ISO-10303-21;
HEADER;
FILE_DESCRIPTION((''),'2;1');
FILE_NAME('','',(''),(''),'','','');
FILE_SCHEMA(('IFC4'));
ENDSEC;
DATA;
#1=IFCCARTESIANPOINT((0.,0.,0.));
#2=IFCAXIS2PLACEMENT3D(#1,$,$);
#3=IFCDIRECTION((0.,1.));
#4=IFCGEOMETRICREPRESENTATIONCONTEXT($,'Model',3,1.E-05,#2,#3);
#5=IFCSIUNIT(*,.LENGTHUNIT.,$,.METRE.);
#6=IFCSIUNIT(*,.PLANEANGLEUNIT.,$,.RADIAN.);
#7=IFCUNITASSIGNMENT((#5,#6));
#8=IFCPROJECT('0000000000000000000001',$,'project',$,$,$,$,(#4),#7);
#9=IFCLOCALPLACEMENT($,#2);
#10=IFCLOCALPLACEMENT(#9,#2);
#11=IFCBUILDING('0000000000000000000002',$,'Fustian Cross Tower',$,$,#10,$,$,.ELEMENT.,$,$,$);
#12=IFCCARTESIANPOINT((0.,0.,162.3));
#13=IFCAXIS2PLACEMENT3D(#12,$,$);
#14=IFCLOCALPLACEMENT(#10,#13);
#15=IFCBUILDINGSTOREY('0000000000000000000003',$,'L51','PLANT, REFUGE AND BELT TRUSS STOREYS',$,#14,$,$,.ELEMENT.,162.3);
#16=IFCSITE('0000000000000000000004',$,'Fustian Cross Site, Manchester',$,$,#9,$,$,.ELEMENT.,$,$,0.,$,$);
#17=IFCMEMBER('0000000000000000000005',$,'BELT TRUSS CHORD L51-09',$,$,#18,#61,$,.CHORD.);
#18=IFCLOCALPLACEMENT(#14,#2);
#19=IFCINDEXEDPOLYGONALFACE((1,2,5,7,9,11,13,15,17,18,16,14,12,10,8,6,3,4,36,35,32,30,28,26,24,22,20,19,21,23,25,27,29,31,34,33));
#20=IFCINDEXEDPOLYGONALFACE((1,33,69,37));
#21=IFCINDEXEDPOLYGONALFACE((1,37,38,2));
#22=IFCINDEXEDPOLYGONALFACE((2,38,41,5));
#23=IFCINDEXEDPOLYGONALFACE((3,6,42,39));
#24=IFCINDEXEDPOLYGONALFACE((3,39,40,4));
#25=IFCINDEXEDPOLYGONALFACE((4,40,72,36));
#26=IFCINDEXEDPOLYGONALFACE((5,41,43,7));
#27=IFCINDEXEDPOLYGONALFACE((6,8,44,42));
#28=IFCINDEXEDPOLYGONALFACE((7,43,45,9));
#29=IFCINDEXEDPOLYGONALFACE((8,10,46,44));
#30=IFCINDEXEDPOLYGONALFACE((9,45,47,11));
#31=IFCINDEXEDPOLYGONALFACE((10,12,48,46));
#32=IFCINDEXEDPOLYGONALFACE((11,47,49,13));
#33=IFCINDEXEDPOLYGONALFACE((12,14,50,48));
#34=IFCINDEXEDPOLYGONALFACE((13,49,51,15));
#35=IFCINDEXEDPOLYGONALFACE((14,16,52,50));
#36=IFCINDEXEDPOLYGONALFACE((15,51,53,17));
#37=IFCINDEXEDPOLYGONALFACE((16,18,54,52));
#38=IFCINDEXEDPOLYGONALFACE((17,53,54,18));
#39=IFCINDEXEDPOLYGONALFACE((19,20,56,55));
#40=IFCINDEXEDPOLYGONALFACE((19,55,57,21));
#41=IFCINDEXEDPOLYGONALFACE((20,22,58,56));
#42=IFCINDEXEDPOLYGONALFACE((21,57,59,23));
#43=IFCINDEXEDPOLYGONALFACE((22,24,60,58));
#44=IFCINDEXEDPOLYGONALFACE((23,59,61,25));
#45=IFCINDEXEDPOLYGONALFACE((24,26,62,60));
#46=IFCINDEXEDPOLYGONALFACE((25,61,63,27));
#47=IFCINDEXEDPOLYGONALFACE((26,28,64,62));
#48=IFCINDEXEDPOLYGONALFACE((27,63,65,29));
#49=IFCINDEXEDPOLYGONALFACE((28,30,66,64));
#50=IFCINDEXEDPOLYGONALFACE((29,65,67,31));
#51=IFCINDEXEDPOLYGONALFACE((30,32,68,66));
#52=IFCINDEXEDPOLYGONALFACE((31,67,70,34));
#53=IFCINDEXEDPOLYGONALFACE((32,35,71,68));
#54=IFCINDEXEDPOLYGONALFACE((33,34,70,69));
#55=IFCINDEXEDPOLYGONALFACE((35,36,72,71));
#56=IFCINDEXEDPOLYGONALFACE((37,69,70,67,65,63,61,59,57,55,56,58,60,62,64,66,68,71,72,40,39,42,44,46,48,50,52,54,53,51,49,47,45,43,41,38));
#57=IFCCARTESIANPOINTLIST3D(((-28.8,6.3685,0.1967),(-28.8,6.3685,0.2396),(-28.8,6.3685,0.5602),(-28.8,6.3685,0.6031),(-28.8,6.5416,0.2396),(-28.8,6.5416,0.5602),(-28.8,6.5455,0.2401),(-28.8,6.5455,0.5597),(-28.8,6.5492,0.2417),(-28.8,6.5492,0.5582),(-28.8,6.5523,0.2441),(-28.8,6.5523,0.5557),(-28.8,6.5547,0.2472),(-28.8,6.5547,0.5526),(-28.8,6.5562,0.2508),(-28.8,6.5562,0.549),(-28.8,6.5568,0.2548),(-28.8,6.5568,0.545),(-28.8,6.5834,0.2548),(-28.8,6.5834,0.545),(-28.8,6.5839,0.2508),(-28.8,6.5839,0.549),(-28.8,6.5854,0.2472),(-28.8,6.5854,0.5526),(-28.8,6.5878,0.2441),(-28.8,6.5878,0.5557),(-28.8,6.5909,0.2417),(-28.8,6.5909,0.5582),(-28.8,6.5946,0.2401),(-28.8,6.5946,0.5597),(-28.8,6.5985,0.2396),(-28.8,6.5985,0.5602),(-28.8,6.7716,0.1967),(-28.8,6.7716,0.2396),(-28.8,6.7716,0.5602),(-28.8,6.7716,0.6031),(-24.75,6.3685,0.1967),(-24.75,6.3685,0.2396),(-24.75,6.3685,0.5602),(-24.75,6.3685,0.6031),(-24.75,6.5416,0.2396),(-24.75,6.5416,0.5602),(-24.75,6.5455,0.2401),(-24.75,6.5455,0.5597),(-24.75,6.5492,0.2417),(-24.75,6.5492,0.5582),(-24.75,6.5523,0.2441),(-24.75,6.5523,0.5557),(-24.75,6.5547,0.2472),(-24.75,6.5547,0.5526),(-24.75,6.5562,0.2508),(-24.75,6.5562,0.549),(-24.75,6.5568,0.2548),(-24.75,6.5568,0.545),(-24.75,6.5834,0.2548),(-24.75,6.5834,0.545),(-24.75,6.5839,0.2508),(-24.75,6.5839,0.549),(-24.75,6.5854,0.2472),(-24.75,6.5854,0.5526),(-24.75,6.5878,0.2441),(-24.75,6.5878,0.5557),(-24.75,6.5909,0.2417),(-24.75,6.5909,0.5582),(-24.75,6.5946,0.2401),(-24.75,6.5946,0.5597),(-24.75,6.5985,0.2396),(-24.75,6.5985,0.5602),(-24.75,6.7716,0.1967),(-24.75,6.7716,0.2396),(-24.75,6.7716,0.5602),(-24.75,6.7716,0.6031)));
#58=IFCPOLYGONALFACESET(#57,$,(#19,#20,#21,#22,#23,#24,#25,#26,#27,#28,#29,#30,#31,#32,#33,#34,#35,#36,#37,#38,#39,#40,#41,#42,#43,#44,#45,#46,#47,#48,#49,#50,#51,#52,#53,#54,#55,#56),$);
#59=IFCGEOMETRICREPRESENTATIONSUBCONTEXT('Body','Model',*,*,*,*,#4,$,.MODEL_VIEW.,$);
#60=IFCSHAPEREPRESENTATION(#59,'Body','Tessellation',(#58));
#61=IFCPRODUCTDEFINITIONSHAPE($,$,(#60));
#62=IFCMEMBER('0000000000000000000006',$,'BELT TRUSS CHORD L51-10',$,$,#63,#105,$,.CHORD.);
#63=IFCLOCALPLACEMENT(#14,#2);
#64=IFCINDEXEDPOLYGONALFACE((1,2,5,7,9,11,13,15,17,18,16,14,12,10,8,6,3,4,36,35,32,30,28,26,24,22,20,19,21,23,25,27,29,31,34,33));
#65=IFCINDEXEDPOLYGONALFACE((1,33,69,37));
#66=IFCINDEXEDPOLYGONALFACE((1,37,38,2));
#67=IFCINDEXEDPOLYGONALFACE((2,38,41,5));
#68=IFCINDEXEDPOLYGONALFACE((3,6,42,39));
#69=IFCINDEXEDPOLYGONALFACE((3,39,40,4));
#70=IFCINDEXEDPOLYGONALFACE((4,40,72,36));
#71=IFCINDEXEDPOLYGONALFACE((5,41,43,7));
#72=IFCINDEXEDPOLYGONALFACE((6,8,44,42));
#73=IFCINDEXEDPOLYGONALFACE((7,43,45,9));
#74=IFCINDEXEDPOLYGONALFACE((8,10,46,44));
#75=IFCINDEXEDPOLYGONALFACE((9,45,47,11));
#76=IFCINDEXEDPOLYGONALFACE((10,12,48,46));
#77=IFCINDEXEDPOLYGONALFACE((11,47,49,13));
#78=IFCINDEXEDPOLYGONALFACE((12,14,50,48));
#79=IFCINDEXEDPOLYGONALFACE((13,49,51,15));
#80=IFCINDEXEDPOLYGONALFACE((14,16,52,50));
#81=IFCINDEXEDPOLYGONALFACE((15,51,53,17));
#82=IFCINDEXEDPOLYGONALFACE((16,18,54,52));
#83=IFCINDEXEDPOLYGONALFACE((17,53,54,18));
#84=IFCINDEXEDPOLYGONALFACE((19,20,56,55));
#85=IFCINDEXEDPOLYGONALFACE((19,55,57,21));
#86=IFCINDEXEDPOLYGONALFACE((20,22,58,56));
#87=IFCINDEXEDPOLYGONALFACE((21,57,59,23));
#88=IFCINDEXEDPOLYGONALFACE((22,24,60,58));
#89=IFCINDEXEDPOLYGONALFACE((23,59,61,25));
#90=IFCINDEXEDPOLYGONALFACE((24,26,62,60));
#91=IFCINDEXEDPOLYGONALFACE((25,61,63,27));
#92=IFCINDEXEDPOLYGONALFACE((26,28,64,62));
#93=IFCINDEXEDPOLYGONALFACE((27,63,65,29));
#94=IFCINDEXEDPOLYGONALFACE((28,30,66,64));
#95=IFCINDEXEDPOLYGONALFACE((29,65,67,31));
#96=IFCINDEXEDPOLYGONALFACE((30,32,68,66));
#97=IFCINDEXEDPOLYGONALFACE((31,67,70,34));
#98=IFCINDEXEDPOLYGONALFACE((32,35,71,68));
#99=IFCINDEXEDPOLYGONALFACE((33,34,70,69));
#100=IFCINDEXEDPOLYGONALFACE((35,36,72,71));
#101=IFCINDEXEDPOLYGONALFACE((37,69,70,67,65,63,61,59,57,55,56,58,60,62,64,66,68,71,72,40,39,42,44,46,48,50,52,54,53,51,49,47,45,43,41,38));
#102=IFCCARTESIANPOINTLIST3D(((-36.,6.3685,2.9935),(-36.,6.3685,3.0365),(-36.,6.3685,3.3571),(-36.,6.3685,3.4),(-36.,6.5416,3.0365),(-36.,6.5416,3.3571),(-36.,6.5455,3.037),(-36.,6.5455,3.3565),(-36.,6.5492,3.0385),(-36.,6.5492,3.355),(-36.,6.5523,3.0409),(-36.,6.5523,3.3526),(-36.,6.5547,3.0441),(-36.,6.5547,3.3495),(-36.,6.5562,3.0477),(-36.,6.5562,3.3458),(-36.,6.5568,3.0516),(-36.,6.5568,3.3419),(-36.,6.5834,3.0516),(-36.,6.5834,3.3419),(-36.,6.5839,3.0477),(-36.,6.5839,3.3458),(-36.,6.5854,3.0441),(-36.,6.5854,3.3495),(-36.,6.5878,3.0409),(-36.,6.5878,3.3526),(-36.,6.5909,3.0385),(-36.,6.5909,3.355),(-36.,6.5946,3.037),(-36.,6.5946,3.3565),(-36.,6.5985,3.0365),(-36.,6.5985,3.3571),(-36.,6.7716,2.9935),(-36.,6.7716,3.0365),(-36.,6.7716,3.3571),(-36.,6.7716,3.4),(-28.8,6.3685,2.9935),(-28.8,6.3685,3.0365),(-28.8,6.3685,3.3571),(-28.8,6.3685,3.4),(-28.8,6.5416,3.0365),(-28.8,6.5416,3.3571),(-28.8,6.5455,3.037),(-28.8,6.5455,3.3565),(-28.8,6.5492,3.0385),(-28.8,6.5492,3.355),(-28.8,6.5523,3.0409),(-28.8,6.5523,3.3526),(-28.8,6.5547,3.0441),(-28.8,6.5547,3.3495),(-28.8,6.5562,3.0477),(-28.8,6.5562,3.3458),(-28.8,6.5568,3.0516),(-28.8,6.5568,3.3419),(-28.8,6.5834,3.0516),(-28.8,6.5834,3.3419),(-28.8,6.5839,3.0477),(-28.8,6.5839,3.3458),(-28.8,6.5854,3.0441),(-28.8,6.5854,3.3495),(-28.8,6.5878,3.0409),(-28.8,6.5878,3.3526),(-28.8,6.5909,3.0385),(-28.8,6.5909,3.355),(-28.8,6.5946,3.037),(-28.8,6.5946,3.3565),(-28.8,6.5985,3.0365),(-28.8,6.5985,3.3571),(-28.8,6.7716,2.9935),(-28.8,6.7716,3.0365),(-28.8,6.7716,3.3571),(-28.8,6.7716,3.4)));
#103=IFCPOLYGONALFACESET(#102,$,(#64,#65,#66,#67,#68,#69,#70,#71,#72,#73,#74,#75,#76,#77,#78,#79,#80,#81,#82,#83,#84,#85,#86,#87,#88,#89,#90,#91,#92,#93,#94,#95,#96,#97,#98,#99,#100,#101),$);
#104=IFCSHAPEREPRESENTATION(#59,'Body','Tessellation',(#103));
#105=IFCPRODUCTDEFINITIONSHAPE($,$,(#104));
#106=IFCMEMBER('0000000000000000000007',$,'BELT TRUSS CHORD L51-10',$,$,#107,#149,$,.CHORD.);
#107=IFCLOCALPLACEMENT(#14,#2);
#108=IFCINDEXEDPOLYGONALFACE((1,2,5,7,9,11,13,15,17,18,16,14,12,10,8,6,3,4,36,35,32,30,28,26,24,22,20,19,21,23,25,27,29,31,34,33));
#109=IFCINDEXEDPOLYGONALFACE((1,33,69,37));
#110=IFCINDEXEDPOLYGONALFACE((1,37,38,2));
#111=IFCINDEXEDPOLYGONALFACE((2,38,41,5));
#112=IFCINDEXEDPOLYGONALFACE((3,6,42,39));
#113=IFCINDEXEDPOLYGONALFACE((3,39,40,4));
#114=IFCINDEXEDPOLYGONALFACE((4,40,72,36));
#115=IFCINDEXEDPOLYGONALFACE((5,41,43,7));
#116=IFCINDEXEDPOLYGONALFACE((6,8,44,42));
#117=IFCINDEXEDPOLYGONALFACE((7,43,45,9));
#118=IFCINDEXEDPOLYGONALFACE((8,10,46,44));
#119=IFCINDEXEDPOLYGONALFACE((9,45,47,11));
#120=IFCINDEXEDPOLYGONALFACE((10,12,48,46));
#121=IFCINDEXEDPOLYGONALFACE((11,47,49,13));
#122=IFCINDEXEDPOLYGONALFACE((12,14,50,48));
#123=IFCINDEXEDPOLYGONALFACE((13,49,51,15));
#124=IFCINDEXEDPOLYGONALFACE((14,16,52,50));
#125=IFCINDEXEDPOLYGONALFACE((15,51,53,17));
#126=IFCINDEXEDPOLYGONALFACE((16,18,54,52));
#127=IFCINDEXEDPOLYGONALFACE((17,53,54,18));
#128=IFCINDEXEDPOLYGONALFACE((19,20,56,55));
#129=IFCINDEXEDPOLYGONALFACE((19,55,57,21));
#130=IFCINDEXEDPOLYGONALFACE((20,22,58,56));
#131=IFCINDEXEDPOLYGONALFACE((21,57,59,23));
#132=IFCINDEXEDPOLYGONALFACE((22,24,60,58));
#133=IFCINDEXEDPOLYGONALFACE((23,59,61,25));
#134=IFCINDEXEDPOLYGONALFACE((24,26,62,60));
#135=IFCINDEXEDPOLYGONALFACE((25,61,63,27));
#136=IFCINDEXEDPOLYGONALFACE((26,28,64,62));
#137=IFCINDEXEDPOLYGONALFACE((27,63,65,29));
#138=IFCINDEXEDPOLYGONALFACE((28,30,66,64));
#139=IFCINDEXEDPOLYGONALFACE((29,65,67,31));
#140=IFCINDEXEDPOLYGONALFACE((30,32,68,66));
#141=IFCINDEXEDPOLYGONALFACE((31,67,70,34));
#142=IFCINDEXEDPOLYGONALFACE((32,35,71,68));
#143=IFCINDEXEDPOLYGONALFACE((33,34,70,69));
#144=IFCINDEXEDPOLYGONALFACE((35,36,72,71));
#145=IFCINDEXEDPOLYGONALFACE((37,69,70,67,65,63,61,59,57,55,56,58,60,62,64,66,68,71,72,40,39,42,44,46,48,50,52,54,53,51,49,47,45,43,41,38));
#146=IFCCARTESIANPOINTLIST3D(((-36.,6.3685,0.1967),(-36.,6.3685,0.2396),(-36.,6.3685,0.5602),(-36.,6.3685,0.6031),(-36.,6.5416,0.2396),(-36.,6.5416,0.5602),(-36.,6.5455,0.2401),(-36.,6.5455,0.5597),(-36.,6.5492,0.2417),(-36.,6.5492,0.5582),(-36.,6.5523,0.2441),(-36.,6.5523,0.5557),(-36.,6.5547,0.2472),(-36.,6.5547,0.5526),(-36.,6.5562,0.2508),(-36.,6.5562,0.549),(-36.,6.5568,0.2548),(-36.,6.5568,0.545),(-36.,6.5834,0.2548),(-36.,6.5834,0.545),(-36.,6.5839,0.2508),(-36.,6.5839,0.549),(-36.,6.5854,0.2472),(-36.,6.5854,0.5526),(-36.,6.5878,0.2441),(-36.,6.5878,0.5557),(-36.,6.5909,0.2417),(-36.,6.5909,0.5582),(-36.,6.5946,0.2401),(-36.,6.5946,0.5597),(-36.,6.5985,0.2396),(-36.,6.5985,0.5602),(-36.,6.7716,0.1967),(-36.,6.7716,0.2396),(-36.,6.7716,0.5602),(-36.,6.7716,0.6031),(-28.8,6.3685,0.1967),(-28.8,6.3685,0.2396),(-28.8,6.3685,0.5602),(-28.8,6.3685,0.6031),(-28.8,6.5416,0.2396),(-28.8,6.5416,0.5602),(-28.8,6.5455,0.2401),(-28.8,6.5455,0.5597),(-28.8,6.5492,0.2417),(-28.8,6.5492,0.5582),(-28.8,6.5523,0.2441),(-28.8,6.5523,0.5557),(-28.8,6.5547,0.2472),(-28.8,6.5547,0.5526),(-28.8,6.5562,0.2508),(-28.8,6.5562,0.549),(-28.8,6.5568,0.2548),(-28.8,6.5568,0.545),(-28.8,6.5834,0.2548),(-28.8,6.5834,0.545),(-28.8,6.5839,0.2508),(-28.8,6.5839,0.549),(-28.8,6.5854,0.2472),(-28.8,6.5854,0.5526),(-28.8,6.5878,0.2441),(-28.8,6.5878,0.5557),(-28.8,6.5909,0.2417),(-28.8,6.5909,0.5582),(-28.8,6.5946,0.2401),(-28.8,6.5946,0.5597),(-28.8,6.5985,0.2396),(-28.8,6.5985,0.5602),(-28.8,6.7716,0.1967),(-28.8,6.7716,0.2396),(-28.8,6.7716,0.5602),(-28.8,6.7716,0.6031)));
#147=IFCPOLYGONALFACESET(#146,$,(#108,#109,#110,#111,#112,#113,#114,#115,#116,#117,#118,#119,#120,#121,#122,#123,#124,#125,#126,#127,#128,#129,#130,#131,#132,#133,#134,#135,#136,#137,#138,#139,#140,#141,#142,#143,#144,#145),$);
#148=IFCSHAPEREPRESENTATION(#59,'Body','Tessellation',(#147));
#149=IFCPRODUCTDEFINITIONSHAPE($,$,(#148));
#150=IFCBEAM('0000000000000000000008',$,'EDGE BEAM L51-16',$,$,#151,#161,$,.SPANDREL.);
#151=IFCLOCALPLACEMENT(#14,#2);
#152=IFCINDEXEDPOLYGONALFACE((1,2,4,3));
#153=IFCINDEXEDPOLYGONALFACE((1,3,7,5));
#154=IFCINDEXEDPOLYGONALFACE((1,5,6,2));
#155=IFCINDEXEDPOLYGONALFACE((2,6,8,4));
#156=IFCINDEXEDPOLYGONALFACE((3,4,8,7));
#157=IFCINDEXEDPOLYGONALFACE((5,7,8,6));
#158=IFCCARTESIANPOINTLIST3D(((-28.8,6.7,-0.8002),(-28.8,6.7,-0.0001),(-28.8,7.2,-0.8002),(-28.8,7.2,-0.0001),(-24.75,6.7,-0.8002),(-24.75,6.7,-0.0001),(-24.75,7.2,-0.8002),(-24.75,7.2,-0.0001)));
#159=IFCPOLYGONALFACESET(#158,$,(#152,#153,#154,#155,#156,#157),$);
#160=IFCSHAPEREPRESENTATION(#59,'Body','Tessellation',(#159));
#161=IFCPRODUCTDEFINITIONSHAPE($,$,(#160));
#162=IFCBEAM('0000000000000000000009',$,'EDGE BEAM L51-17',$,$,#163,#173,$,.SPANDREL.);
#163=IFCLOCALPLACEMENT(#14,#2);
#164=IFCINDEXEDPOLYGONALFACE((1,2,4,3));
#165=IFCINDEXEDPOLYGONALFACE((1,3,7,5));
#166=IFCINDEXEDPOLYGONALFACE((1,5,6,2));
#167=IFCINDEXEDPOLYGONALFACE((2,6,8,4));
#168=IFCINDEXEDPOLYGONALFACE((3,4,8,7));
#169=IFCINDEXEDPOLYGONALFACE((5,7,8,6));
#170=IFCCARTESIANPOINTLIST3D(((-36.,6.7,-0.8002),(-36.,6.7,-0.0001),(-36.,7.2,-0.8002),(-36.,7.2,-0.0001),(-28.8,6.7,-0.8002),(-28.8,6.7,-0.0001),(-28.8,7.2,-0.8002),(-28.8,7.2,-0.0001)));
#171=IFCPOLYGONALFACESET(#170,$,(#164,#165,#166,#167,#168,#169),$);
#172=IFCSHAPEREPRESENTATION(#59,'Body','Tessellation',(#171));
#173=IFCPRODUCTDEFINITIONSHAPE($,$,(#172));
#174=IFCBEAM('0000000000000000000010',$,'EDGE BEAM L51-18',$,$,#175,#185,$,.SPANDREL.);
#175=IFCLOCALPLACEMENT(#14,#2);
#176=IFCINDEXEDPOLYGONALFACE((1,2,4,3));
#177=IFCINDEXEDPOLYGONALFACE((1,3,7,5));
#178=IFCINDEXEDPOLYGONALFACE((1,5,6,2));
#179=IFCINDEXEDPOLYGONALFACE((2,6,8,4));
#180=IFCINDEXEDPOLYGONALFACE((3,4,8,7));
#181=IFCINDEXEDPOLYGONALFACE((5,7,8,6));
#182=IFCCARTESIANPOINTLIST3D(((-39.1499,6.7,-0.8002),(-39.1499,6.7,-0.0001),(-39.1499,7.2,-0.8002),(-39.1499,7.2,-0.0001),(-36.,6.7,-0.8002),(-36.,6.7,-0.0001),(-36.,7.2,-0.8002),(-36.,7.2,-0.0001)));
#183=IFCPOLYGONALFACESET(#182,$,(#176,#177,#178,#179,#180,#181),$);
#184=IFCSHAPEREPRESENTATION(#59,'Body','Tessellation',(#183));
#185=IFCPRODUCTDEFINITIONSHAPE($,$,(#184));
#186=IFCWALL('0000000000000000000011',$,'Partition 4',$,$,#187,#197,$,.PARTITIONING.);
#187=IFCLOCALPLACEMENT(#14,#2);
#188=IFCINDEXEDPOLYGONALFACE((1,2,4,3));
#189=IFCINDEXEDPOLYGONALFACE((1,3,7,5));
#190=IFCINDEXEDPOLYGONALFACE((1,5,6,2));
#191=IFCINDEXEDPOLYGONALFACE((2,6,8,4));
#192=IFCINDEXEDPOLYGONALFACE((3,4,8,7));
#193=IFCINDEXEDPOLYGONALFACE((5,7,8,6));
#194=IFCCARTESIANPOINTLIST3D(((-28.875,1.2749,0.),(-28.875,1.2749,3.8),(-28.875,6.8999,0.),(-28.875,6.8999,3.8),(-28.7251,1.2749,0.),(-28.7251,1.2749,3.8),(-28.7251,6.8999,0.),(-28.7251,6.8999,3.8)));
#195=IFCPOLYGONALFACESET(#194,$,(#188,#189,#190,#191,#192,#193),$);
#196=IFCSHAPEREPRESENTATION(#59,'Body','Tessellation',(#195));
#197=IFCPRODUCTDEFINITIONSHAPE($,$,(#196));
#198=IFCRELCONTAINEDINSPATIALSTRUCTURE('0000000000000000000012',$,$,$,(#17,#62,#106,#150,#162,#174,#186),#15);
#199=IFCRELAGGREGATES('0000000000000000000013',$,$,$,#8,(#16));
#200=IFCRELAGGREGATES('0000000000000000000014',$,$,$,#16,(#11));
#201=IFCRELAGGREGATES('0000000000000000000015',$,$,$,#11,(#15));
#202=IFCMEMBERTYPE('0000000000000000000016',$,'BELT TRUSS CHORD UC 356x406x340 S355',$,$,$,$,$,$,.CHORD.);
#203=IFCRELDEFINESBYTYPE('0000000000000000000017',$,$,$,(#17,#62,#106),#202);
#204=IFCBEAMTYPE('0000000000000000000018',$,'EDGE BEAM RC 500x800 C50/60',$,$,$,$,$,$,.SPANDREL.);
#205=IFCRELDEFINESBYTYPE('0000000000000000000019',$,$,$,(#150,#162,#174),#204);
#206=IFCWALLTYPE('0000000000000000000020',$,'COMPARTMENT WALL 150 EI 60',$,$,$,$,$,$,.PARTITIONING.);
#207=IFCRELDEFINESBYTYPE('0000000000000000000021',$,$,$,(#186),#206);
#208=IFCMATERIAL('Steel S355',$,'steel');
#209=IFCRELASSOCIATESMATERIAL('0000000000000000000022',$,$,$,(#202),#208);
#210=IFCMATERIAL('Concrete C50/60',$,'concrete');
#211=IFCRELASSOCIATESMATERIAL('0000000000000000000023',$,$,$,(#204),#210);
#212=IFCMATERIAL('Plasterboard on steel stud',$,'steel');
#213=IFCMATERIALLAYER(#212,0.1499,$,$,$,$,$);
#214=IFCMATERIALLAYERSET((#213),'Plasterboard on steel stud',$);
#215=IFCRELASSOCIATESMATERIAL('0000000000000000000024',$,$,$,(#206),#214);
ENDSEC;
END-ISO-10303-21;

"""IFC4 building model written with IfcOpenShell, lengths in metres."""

from ifc_helpers import new_model, si_unit, direction, frame, frame_2d, origin, origin_2d, place, context, subcontext, project, spatial, rectangle, i_section, extrude, material, layer, layer_set, material_profile, profile_set, type_object, element, save


model = new_model("IFC4")

# Units and contexts
model_context = context("Model", 3, precision=1e-05, world=origin(), true_north=direction((0.0, 1.0)))
body_context = subcontext(model_context, "Body", "Model", "MODEL_VIEW")
ifc_project = project(units=[si_unit("LENGTHUNIT", "METRE"), si_unit("PLANEANGLEUNIT", "RADIAN")], contexts=[model_context])

# Site, building, storey
site_placement = place(None, origin())
site = spatial("IfcSite", under=ifc_project, at=site_placement, Name="Fustian Cross Site, Manchester", CompositionType="ELEMENT", RefElevation=0.0)
building_placement = place(site_placement, origin())
building = spatial("IfcBuilding", under=site, at=building_placement, Name="Fustian Cross Tower", CompositionType="ELEMENT")
storey_placement = place(building_placement, frame((0.0, 0.0, 162.3)))
storey = spatial("IfcBuildingStorey", under=building, at=storey_placement, Name="L51", Description="PLANT, REFUGE AND BELT TRUSS STOREYS", CompositionType="ELEMENT", Elevation=162.3)

# Members
ifc_material_1 = material(Name="Steel S355", Category="steel")
ifc_material_profile_1 = material_profile(ifc_material_1, i_section(OverallWidth=0.4031, OverallDepth=0.4065, WebThickness=0.0266, FlangeThickness=0.043, FilletRadius=0.0151, at=origin_2d()), Name="UC 356x406x340")
ifc_profile_set_1 = profile_set([ifc_material_profile_1], Name="Steel S355")
member_type_1 = type_object("IfcMemberType", Name="BELT TRUSS CHORD UC 356x406x340 S355", PredefinedType="CHORD", material=ifc_profile_set_1)
for number, where, z_axis, x_axis, name in (
    (1, (-24.75, 6.5701, 0.3999), (-1.0, 0.0, 0.0), (0.0, -1.0, 0.0), "BELT TRUSS CHORD L51-09"),
):
    element("IfcMember", number, at=place(storey_placement, frame(where, z_axis=z_axis, x_axis=x_axis)), inside=storey, type_object=member_type_1, Name=name, PredefinedType="CHORD", context=body_context, shape_type="SweptSolid", body=[
        extrude(i_section(OverallWidth=0.4031, OverallDepth=0.4065, WebThickness=0.0266, FlangeThickness=0.043, FilletRadius=0.0151, at=origin_2d()), origin(), (0.0, 0.0, 1.0), 4.05),
    ])
for number, where, z_axis, x_axis, name in (
    (2, (-28.8, 6.5701, 3.1968), (-1.0, 0.0, 0.0), (0.0, -1.0, 0.0), "BELT TRUSS CHORD L51-10"),
    (3, (-28.8, 6.5701, 0.3999), (-1.0, 0.0, 0.0), (0.0, -1.0, 0.0), "BELT TRUSS CHORD L51-10"),
):
    element("IfcMember", number, at=place(storey_placement, frame(where, z_axis=z_axis, x_axis=x_axis)), inside=storey, type_object=member_type_1, Name=name, PredefinedType="CHORD", context=body_context, shape_type="SweptSolid", body=[
        extrude(i_section(OverallWidth=0.4031, OverallDepth=0.4065, WebThickness=0.0266, FlangeThickness=0.043, FilletRadius=0.0151, at=origin_2d()), origin(), (0.0, 0.0, 1.0), 7.2),
    ])

# Beams
ifc_material_2 = material(Name="Concrete C50/60", Category="concrete")
ifc_material_profile_2 = material_profile(ifc_material_2, rectangle(XDim=0.5, YDim=0.8, at=origin_2d()), Name="RC 500x800")
ifc_profile_set_2 = profile_set([ifc_material_profile_2], Name="Concrete C50/60")
beam_type = type_object("IfcBeamType", Name="EDGE BEAM RC 500x800 C50/60", PredefinedType="SPANDREL", material=ifc_profile_set_2)
beam_1_placement = place(storey_placement, frame((-24.75, 6.95, -0.4001), z_axis=(-1.0, 0.0, 0.0), x_axis=(0.0, -1.0, 0.0)))
element("IfcBeam", 4, at=beam_1_placement, inside=storey, type_object=beam_type, Name="EDGE BEAM L51-16", PredefinedType="SPANDREL", context=body_context, shape_type="SweptSolid", body=[
    extrude(rectangle(XDim=0.5, YDim=0.8, at=origin_2d()), origin(), (0.0, 0.0, 1.0), 4.05),
])
beam_2_placement = place(storey_placement, frame((-28.8, 6.95, -0.4001), z_axis=(-1.0, 0.0, 0.0), x_axis=(0.0, -1.0, 0.0)))
element("IfcBeam", 5, at=beam_2_placement, inside=storey, type_object=beam_type, Name="EDGE BEAM L51-17", PredefinedType="SPANDREL", context=body_context, shape_type="SweptSolid", body=[
    extrude(rectangle(XDim=0.5, YDim=0.8, at=origin_2d()), origin(), (0.0, 0.0, 1.0), 7.2),
])
beam_3_placement = place(storey_placement, frame((-36.0, 6.95, -0.4001), z_axis=(-1.0, 0.0, 0.0), x_axis=(0.0, -1.0, 0.0)))
element("IfcBeam", 6, at=beam_3_placement, inside=storey, type_object=beam_type, Name="EDGE BEAM L51-18", PredefinedType="SPANDREL", context=body_context, shape_type="SweptSolid", body=[
    extrude(rectangle(XDim=0.5, YDim=0.8, at=origin_2d()), origin(), (0.0, 0.0, 1.0), 3.1499),
])

# Wall
ifc_material_3 = material(Name="Plasterboard on steel stud", Category="steel")
ifc_layer_1 = layer(ifc_material_3, 0.1499)
ifc_layer_set_1 = layer_set([ifc_layer_1], Name="Plasterboard on steel stud")
wall_type_1 = type_object("IfcWallType", Name="COMPARTMENT WALL 150 EI 60", PredefinedType="PARTITIONING", material=ifc_layer_set_1)
wall_1_placement = place(storey_placement, frame((-28.8, 1.2749, 0.0), z_axis=(0.0, 0.0, 1.0), x_axis=(0.0, 1.0, 0.0)))
element("IfcWall", 7, at=wall_1_placement, inside=storey, type_object=wall_type_1, Name="Partition 4", PredefinedType="PARTITIONING", context=body_context, shape_type="SweptSolid", body=[
    extrude(rectangle(XDim=5.625, YDim=0.1499, at=frame_2d((2.8125, 0.0))), origin(), (0.0, 0.0, 1.0), 3.8),
])

save(model, "model.ifc")
